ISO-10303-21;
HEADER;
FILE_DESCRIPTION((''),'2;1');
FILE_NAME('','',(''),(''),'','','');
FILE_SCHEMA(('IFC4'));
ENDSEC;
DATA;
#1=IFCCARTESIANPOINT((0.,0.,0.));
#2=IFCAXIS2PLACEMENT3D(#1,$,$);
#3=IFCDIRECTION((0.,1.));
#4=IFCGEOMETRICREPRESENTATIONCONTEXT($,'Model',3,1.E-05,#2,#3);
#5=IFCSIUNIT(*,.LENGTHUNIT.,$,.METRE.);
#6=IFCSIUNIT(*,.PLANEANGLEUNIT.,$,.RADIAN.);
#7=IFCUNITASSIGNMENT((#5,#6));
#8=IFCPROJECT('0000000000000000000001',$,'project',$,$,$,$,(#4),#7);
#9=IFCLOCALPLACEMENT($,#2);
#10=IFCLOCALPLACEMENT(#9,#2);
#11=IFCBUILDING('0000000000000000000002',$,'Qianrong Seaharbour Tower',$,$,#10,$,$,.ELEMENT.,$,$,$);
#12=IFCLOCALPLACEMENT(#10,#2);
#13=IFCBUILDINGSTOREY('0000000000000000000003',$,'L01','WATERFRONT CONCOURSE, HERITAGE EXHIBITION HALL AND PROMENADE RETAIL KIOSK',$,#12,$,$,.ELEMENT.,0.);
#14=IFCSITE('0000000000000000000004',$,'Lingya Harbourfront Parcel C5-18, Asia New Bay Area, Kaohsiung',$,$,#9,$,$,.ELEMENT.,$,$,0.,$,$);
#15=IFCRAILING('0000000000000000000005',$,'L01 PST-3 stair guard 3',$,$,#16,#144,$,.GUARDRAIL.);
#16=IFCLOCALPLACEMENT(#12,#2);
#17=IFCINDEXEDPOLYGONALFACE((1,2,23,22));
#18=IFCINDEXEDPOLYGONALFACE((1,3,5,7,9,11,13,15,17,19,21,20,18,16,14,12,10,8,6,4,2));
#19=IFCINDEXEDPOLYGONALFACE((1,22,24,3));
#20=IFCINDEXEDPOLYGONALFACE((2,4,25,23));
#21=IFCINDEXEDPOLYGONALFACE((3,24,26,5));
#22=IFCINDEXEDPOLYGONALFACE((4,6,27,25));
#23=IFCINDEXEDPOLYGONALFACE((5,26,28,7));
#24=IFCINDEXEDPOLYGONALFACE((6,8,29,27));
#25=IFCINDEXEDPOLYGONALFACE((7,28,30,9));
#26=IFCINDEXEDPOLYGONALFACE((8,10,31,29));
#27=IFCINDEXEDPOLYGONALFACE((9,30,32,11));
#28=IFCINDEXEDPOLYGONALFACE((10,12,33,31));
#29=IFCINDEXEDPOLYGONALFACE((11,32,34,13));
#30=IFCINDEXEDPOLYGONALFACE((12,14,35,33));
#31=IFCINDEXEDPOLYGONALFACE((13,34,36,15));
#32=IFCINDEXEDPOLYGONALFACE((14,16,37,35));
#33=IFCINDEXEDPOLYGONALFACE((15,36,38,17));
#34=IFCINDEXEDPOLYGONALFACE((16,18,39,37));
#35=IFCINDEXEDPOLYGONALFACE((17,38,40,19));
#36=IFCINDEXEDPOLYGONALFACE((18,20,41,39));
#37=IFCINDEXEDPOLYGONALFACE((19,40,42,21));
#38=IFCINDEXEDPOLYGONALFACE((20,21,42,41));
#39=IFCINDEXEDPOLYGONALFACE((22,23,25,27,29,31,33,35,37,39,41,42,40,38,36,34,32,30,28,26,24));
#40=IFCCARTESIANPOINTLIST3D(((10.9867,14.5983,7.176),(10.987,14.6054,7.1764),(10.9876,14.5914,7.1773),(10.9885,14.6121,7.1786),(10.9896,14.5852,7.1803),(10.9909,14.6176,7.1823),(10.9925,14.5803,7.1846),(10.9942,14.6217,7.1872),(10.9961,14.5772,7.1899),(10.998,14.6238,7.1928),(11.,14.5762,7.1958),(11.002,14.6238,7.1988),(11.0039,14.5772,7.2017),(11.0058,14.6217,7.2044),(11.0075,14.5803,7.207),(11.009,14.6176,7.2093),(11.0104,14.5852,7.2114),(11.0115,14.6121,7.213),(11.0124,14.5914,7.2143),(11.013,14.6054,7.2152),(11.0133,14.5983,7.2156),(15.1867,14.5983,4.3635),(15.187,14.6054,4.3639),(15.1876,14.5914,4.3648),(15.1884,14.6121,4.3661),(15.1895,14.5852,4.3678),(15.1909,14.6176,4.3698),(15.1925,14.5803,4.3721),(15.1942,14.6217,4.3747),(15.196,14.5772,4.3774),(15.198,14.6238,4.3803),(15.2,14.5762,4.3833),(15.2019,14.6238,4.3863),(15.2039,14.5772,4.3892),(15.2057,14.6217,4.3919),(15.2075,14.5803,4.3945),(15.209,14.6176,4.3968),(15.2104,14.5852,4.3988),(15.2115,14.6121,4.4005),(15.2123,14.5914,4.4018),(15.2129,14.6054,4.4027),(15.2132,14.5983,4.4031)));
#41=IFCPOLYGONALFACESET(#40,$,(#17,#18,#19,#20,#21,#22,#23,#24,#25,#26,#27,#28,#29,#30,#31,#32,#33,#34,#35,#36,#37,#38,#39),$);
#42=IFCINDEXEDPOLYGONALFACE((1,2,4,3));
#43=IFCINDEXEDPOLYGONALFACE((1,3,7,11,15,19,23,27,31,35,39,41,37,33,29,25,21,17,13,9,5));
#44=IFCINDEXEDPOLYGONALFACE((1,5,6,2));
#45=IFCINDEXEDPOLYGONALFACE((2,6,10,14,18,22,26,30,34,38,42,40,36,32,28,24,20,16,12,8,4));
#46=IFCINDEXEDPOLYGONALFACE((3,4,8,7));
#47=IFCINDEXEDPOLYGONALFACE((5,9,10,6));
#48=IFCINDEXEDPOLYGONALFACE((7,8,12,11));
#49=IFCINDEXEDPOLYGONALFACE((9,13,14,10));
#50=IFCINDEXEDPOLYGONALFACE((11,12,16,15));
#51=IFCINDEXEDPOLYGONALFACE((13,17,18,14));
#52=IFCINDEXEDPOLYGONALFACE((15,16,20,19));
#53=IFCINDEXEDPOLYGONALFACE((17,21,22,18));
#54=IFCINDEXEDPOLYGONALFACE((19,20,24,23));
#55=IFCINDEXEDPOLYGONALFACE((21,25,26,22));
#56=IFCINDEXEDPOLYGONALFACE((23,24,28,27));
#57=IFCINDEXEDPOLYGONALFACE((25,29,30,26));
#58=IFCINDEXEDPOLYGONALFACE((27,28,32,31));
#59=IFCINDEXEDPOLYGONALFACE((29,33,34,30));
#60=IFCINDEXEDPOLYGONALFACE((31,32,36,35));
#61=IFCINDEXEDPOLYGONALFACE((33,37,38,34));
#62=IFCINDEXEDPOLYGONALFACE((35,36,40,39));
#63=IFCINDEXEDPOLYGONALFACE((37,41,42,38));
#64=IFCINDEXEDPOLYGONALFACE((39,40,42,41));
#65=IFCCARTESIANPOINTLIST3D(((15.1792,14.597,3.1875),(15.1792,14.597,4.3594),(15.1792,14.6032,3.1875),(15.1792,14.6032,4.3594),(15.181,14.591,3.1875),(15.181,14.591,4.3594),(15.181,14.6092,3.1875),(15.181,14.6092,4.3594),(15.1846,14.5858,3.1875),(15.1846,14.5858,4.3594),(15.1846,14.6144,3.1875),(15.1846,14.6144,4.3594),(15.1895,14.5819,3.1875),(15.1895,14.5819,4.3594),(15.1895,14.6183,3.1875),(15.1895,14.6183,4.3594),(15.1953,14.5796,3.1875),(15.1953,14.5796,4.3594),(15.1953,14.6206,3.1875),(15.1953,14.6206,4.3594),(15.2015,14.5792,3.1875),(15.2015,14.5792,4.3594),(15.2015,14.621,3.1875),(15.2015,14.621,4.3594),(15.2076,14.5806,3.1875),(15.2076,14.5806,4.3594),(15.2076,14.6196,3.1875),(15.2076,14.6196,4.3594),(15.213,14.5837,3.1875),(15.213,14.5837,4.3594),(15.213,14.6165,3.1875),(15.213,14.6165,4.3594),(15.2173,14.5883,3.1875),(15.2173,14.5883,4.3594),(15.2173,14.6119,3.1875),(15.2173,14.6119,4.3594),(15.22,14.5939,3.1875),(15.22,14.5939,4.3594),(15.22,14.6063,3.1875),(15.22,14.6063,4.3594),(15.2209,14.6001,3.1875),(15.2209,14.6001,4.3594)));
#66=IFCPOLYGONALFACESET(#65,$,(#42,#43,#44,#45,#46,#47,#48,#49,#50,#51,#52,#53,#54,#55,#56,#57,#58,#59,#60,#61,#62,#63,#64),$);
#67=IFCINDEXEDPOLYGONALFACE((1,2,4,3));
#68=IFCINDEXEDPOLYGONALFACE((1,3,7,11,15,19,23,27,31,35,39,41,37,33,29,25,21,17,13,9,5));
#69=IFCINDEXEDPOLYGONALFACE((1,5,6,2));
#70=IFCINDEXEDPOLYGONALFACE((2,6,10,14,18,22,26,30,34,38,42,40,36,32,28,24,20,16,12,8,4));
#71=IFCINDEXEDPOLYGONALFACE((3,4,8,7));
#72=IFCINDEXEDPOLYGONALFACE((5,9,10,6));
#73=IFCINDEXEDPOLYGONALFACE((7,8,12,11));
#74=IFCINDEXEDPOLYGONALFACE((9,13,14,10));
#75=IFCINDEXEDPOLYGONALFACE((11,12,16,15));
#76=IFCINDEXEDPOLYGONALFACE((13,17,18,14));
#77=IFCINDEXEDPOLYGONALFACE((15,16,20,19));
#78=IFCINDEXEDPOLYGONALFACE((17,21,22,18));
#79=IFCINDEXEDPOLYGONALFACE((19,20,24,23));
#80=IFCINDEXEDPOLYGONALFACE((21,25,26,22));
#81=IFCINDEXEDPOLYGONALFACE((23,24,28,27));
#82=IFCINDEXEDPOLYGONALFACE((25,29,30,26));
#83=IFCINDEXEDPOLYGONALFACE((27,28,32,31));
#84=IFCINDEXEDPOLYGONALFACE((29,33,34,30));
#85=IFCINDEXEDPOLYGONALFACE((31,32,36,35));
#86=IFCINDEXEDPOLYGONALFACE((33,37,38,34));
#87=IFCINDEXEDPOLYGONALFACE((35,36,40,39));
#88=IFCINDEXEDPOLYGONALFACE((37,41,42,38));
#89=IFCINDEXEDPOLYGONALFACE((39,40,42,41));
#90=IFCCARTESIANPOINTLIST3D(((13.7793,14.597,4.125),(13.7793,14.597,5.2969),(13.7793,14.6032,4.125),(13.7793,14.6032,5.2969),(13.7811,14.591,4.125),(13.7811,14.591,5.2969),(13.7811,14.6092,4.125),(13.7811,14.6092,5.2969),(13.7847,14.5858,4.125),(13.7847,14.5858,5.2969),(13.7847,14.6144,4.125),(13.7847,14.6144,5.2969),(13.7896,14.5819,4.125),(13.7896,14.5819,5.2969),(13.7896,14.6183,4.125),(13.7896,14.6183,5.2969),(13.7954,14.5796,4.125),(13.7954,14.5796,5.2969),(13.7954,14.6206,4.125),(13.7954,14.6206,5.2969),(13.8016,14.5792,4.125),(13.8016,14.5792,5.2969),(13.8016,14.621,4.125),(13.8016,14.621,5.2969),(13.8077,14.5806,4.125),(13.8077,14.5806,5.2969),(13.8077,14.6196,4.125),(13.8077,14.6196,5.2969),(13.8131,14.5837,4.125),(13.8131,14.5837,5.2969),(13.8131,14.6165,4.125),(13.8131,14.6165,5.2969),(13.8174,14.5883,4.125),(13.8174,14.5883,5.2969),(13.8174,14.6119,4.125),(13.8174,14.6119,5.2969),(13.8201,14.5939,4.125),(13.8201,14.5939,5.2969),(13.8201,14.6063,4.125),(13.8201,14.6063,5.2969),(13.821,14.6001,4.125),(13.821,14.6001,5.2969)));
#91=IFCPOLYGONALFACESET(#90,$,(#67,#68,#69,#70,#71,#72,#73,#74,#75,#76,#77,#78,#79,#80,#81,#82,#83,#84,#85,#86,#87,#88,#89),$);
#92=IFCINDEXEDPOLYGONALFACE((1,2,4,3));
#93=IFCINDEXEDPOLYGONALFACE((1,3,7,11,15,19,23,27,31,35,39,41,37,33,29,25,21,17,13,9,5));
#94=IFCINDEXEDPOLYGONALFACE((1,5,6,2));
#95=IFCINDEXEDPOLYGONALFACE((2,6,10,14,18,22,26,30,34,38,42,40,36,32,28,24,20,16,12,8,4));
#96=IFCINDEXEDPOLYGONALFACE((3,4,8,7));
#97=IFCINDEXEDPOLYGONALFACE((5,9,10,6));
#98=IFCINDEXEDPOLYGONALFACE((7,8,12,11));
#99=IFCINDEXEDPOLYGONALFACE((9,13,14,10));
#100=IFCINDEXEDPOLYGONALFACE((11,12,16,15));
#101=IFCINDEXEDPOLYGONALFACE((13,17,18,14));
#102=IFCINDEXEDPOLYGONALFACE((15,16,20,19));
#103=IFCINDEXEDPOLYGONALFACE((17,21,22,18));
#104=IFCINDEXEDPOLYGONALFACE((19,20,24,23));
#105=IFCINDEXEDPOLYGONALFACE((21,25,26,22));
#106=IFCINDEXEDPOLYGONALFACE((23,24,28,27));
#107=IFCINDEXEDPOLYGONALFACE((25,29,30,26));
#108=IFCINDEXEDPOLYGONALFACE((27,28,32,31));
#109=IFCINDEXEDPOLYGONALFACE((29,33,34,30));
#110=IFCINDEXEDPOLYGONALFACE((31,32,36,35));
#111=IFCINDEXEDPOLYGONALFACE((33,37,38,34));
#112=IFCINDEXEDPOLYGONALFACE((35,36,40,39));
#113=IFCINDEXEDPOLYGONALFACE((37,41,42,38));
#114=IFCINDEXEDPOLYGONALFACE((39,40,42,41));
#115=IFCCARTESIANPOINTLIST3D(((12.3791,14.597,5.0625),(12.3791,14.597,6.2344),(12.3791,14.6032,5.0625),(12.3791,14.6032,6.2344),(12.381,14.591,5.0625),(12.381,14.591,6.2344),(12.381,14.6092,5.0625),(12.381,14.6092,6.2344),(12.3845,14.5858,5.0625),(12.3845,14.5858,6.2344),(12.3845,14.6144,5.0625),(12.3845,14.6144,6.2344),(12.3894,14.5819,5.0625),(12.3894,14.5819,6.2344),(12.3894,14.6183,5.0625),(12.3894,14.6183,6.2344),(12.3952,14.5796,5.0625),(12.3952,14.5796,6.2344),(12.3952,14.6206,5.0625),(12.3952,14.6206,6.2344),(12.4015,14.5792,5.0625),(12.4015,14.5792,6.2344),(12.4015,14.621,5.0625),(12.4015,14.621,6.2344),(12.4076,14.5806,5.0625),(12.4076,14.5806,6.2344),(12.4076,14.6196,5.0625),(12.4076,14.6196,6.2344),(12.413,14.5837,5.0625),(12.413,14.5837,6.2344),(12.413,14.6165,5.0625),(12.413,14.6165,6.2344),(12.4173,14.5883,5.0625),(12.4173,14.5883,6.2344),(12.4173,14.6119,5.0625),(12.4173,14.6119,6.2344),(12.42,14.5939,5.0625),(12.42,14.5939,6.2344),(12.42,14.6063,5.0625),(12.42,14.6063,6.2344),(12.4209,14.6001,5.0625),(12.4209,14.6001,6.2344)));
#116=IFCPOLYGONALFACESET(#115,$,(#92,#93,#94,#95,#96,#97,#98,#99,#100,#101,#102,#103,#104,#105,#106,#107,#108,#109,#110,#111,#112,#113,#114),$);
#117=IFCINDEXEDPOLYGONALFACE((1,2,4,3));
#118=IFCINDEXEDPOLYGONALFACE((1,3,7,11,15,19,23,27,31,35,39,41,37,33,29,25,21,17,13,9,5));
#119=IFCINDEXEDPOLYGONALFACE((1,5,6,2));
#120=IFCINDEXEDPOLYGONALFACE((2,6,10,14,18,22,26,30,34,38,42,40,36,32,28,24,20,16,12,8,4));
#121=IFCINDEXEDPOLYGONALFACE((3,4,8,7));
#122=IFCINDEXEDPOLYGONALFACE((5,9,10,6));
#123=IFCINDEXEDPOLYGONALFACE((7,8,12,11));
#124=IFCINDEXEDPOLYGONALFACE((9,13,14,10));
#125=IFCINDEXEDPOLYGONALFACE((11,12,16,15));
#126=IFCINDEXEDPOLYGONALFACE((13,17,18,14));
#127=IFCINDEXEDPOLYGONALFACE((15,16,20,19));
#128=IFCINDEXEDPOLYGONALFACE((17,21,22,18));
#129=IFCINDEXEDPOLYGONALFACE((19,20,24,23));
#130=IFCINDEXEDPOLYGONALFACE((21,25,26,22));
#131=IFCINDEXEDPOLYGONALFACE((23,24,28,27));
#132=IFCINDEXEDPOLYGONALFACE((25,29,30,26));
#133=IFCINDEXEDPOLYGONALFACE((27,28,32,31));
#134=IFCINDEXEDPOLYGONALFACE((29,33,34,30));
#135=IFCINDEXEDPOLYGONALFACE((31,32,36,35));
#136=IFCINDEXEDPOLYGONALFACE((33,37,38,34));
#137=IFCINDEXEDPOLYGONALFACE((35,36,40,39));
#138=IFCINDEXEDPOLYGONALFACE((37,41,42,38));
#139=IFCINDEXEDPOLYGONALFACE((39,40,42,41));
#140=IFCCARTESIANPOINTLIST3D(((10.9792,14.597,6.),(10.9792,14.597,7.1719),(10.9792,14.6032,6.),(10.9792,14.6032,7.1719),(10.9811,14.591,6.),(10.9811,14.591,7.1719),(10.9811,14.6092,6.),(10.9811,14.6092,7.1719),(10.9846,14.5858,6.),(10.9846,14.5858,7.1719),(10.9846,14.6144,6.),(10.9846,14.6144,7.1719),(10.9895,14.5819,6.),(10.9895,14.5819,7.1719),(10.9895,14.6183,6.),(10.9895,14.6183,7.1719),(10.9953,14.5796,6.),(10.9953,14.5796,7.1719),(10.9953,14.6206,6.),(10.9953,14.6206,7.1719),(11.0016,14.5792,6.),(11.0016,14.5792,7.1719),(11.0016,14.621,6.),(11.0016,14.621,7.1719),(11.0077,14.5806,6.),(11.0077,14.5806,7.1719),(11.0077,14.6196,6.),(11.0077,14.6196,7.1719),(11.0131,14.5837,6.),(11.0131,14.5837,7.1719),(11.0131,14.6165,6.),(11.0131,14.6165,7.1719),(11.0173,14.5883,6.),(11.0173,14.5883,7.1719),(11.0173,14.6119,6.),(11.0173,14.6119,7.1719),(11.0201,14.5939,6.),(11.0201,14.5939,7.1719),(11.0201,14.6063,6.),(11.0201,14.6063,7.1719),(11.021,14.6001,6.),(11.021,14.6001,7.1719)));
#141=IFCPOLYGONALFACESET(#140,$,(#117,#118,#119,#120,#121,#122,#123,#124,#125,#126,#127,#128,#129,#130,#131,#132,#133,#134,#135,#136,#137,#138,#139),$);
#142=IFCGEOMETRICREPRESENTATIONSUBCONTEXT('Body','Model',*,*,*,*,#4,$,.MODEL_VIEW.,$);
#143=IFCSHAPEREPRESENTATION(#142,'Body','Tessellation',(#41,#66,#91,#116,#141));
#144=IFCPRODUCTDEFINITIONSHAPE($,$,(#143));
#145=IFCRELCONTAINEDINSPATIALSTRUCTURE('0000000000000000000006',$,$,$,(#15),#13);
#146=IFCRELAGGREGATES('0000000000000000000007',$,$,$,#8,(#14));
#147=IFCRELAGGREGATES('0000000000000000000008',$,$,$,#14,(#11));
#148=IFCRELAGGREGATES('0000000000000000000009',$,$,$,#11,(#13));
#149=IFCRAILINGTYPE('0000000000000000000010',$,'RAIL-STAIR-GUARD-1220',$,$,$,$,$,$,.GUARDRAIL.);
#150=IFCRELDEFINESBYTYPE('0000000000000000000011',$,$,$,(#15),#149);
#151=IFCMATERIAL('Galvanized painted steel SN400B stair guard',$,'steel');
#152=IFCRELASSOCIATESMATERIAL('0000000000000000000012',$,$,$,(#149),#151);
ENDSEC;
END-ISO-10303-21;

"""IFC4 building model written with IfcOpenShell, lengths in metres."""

from ifc_helpers import new_model, si_unit, direction, frame, origin, origin_2d, place, context, subcontext, project, spatial, circle, extrude, material, type_object, element, save


model = new_model("IFC4")

# Units and contexts
model_context = context("Model", 3, precision=1e-05, world=origin(), true_north=direction((0.0, 1.0)))
body_context = subcontext(model_context, "Body", "Model", "MODEL_VIEW")
ifc_project = project(units=[si_unit("LENGTHUNIT", "METRE"), si_unit("PLANEANGLEUNIT", "RADIAN")], contexts=[model_context])

# Site, building, storey
site_placement = place(None, origin())
site = spatial("IfcSite", under=ifc_project, at=site_placement, Name="Lingya Harbourfront Parcel C5-18, Asia New Bay Area, Kaohsiung", CompositionType="ELEMENT", RefElevation=0.0)
building_placement = place(site_placement, origin())
building = spatial("IfcBuilding", under=site, at=building_placement, Name="Qianrong Seaharbour Tower", CompositionType="ELEMENT")
storey_placement = place(building_placement, origin())
storey = spatial("IfcBuildingStorey", under=building, at=storey_placement, Name="L01", Description="WATERFRONT CONCOURSE, HERITAGE EXHIBITION HALL AND PROMENADE RETAIL KIOSK", CompositionType="ELEMENT", Elevation=0.0)

# Railing
ifc_material_1 = material(Name="Galvanized painted steel SN400B stair guard", Category="steel")
railing_type_1 = type_object("IfcRailingType", Name="RAIL-STAIR-GUARD-1220", PredefinedType="GUARDRAIL", material=ifc_material_1)
railing_1_placement = place(storey_placement, frame((15.2, 14.6001, 3.1875)))
element("IfcRailing", 1, at=railing_1_placement, inside=storey, type_object=railing_type_1, Name="L01 PST-3 stair guard 3", PredefinedType="GUARDRAIL", context=body_context, shape_type="SweptSolid", body=[
    extrude(circle(Radius=0.0239, at=origin_2d()), frame((0.0, 0.0, 1.1958), z_axis=(-0.830904, 0.0, 0.556416), x_axis=(0.0, -1.0, 0.0)), (0.0, 0.0, 1.0), 5.0547),
    extrude(circle(Radius=0.021, at=origin_2d()), origin(), (0.0, 0.0, 1.0), 1.1719),
    extrude(circle(Radius=0.021, at=origin_2d()), frame((-1.3999, 0.0, 0.9375)), (0.0, 0.0, 1.0), 1.1719),
    extrude(circle(Radius=0.021, at=origin_2d()), frame((-2.8, 0.0, 1.875)), (0.0, 0.0, 1.0), 1.1719),
    extrude(circle(Radius=0.021, at=origin_2d()), frame((-4.2, 0.0, 2.8125)), (0.0, 0.0, 1.0), 1.1719),
])

save(model, "model.ifc")
